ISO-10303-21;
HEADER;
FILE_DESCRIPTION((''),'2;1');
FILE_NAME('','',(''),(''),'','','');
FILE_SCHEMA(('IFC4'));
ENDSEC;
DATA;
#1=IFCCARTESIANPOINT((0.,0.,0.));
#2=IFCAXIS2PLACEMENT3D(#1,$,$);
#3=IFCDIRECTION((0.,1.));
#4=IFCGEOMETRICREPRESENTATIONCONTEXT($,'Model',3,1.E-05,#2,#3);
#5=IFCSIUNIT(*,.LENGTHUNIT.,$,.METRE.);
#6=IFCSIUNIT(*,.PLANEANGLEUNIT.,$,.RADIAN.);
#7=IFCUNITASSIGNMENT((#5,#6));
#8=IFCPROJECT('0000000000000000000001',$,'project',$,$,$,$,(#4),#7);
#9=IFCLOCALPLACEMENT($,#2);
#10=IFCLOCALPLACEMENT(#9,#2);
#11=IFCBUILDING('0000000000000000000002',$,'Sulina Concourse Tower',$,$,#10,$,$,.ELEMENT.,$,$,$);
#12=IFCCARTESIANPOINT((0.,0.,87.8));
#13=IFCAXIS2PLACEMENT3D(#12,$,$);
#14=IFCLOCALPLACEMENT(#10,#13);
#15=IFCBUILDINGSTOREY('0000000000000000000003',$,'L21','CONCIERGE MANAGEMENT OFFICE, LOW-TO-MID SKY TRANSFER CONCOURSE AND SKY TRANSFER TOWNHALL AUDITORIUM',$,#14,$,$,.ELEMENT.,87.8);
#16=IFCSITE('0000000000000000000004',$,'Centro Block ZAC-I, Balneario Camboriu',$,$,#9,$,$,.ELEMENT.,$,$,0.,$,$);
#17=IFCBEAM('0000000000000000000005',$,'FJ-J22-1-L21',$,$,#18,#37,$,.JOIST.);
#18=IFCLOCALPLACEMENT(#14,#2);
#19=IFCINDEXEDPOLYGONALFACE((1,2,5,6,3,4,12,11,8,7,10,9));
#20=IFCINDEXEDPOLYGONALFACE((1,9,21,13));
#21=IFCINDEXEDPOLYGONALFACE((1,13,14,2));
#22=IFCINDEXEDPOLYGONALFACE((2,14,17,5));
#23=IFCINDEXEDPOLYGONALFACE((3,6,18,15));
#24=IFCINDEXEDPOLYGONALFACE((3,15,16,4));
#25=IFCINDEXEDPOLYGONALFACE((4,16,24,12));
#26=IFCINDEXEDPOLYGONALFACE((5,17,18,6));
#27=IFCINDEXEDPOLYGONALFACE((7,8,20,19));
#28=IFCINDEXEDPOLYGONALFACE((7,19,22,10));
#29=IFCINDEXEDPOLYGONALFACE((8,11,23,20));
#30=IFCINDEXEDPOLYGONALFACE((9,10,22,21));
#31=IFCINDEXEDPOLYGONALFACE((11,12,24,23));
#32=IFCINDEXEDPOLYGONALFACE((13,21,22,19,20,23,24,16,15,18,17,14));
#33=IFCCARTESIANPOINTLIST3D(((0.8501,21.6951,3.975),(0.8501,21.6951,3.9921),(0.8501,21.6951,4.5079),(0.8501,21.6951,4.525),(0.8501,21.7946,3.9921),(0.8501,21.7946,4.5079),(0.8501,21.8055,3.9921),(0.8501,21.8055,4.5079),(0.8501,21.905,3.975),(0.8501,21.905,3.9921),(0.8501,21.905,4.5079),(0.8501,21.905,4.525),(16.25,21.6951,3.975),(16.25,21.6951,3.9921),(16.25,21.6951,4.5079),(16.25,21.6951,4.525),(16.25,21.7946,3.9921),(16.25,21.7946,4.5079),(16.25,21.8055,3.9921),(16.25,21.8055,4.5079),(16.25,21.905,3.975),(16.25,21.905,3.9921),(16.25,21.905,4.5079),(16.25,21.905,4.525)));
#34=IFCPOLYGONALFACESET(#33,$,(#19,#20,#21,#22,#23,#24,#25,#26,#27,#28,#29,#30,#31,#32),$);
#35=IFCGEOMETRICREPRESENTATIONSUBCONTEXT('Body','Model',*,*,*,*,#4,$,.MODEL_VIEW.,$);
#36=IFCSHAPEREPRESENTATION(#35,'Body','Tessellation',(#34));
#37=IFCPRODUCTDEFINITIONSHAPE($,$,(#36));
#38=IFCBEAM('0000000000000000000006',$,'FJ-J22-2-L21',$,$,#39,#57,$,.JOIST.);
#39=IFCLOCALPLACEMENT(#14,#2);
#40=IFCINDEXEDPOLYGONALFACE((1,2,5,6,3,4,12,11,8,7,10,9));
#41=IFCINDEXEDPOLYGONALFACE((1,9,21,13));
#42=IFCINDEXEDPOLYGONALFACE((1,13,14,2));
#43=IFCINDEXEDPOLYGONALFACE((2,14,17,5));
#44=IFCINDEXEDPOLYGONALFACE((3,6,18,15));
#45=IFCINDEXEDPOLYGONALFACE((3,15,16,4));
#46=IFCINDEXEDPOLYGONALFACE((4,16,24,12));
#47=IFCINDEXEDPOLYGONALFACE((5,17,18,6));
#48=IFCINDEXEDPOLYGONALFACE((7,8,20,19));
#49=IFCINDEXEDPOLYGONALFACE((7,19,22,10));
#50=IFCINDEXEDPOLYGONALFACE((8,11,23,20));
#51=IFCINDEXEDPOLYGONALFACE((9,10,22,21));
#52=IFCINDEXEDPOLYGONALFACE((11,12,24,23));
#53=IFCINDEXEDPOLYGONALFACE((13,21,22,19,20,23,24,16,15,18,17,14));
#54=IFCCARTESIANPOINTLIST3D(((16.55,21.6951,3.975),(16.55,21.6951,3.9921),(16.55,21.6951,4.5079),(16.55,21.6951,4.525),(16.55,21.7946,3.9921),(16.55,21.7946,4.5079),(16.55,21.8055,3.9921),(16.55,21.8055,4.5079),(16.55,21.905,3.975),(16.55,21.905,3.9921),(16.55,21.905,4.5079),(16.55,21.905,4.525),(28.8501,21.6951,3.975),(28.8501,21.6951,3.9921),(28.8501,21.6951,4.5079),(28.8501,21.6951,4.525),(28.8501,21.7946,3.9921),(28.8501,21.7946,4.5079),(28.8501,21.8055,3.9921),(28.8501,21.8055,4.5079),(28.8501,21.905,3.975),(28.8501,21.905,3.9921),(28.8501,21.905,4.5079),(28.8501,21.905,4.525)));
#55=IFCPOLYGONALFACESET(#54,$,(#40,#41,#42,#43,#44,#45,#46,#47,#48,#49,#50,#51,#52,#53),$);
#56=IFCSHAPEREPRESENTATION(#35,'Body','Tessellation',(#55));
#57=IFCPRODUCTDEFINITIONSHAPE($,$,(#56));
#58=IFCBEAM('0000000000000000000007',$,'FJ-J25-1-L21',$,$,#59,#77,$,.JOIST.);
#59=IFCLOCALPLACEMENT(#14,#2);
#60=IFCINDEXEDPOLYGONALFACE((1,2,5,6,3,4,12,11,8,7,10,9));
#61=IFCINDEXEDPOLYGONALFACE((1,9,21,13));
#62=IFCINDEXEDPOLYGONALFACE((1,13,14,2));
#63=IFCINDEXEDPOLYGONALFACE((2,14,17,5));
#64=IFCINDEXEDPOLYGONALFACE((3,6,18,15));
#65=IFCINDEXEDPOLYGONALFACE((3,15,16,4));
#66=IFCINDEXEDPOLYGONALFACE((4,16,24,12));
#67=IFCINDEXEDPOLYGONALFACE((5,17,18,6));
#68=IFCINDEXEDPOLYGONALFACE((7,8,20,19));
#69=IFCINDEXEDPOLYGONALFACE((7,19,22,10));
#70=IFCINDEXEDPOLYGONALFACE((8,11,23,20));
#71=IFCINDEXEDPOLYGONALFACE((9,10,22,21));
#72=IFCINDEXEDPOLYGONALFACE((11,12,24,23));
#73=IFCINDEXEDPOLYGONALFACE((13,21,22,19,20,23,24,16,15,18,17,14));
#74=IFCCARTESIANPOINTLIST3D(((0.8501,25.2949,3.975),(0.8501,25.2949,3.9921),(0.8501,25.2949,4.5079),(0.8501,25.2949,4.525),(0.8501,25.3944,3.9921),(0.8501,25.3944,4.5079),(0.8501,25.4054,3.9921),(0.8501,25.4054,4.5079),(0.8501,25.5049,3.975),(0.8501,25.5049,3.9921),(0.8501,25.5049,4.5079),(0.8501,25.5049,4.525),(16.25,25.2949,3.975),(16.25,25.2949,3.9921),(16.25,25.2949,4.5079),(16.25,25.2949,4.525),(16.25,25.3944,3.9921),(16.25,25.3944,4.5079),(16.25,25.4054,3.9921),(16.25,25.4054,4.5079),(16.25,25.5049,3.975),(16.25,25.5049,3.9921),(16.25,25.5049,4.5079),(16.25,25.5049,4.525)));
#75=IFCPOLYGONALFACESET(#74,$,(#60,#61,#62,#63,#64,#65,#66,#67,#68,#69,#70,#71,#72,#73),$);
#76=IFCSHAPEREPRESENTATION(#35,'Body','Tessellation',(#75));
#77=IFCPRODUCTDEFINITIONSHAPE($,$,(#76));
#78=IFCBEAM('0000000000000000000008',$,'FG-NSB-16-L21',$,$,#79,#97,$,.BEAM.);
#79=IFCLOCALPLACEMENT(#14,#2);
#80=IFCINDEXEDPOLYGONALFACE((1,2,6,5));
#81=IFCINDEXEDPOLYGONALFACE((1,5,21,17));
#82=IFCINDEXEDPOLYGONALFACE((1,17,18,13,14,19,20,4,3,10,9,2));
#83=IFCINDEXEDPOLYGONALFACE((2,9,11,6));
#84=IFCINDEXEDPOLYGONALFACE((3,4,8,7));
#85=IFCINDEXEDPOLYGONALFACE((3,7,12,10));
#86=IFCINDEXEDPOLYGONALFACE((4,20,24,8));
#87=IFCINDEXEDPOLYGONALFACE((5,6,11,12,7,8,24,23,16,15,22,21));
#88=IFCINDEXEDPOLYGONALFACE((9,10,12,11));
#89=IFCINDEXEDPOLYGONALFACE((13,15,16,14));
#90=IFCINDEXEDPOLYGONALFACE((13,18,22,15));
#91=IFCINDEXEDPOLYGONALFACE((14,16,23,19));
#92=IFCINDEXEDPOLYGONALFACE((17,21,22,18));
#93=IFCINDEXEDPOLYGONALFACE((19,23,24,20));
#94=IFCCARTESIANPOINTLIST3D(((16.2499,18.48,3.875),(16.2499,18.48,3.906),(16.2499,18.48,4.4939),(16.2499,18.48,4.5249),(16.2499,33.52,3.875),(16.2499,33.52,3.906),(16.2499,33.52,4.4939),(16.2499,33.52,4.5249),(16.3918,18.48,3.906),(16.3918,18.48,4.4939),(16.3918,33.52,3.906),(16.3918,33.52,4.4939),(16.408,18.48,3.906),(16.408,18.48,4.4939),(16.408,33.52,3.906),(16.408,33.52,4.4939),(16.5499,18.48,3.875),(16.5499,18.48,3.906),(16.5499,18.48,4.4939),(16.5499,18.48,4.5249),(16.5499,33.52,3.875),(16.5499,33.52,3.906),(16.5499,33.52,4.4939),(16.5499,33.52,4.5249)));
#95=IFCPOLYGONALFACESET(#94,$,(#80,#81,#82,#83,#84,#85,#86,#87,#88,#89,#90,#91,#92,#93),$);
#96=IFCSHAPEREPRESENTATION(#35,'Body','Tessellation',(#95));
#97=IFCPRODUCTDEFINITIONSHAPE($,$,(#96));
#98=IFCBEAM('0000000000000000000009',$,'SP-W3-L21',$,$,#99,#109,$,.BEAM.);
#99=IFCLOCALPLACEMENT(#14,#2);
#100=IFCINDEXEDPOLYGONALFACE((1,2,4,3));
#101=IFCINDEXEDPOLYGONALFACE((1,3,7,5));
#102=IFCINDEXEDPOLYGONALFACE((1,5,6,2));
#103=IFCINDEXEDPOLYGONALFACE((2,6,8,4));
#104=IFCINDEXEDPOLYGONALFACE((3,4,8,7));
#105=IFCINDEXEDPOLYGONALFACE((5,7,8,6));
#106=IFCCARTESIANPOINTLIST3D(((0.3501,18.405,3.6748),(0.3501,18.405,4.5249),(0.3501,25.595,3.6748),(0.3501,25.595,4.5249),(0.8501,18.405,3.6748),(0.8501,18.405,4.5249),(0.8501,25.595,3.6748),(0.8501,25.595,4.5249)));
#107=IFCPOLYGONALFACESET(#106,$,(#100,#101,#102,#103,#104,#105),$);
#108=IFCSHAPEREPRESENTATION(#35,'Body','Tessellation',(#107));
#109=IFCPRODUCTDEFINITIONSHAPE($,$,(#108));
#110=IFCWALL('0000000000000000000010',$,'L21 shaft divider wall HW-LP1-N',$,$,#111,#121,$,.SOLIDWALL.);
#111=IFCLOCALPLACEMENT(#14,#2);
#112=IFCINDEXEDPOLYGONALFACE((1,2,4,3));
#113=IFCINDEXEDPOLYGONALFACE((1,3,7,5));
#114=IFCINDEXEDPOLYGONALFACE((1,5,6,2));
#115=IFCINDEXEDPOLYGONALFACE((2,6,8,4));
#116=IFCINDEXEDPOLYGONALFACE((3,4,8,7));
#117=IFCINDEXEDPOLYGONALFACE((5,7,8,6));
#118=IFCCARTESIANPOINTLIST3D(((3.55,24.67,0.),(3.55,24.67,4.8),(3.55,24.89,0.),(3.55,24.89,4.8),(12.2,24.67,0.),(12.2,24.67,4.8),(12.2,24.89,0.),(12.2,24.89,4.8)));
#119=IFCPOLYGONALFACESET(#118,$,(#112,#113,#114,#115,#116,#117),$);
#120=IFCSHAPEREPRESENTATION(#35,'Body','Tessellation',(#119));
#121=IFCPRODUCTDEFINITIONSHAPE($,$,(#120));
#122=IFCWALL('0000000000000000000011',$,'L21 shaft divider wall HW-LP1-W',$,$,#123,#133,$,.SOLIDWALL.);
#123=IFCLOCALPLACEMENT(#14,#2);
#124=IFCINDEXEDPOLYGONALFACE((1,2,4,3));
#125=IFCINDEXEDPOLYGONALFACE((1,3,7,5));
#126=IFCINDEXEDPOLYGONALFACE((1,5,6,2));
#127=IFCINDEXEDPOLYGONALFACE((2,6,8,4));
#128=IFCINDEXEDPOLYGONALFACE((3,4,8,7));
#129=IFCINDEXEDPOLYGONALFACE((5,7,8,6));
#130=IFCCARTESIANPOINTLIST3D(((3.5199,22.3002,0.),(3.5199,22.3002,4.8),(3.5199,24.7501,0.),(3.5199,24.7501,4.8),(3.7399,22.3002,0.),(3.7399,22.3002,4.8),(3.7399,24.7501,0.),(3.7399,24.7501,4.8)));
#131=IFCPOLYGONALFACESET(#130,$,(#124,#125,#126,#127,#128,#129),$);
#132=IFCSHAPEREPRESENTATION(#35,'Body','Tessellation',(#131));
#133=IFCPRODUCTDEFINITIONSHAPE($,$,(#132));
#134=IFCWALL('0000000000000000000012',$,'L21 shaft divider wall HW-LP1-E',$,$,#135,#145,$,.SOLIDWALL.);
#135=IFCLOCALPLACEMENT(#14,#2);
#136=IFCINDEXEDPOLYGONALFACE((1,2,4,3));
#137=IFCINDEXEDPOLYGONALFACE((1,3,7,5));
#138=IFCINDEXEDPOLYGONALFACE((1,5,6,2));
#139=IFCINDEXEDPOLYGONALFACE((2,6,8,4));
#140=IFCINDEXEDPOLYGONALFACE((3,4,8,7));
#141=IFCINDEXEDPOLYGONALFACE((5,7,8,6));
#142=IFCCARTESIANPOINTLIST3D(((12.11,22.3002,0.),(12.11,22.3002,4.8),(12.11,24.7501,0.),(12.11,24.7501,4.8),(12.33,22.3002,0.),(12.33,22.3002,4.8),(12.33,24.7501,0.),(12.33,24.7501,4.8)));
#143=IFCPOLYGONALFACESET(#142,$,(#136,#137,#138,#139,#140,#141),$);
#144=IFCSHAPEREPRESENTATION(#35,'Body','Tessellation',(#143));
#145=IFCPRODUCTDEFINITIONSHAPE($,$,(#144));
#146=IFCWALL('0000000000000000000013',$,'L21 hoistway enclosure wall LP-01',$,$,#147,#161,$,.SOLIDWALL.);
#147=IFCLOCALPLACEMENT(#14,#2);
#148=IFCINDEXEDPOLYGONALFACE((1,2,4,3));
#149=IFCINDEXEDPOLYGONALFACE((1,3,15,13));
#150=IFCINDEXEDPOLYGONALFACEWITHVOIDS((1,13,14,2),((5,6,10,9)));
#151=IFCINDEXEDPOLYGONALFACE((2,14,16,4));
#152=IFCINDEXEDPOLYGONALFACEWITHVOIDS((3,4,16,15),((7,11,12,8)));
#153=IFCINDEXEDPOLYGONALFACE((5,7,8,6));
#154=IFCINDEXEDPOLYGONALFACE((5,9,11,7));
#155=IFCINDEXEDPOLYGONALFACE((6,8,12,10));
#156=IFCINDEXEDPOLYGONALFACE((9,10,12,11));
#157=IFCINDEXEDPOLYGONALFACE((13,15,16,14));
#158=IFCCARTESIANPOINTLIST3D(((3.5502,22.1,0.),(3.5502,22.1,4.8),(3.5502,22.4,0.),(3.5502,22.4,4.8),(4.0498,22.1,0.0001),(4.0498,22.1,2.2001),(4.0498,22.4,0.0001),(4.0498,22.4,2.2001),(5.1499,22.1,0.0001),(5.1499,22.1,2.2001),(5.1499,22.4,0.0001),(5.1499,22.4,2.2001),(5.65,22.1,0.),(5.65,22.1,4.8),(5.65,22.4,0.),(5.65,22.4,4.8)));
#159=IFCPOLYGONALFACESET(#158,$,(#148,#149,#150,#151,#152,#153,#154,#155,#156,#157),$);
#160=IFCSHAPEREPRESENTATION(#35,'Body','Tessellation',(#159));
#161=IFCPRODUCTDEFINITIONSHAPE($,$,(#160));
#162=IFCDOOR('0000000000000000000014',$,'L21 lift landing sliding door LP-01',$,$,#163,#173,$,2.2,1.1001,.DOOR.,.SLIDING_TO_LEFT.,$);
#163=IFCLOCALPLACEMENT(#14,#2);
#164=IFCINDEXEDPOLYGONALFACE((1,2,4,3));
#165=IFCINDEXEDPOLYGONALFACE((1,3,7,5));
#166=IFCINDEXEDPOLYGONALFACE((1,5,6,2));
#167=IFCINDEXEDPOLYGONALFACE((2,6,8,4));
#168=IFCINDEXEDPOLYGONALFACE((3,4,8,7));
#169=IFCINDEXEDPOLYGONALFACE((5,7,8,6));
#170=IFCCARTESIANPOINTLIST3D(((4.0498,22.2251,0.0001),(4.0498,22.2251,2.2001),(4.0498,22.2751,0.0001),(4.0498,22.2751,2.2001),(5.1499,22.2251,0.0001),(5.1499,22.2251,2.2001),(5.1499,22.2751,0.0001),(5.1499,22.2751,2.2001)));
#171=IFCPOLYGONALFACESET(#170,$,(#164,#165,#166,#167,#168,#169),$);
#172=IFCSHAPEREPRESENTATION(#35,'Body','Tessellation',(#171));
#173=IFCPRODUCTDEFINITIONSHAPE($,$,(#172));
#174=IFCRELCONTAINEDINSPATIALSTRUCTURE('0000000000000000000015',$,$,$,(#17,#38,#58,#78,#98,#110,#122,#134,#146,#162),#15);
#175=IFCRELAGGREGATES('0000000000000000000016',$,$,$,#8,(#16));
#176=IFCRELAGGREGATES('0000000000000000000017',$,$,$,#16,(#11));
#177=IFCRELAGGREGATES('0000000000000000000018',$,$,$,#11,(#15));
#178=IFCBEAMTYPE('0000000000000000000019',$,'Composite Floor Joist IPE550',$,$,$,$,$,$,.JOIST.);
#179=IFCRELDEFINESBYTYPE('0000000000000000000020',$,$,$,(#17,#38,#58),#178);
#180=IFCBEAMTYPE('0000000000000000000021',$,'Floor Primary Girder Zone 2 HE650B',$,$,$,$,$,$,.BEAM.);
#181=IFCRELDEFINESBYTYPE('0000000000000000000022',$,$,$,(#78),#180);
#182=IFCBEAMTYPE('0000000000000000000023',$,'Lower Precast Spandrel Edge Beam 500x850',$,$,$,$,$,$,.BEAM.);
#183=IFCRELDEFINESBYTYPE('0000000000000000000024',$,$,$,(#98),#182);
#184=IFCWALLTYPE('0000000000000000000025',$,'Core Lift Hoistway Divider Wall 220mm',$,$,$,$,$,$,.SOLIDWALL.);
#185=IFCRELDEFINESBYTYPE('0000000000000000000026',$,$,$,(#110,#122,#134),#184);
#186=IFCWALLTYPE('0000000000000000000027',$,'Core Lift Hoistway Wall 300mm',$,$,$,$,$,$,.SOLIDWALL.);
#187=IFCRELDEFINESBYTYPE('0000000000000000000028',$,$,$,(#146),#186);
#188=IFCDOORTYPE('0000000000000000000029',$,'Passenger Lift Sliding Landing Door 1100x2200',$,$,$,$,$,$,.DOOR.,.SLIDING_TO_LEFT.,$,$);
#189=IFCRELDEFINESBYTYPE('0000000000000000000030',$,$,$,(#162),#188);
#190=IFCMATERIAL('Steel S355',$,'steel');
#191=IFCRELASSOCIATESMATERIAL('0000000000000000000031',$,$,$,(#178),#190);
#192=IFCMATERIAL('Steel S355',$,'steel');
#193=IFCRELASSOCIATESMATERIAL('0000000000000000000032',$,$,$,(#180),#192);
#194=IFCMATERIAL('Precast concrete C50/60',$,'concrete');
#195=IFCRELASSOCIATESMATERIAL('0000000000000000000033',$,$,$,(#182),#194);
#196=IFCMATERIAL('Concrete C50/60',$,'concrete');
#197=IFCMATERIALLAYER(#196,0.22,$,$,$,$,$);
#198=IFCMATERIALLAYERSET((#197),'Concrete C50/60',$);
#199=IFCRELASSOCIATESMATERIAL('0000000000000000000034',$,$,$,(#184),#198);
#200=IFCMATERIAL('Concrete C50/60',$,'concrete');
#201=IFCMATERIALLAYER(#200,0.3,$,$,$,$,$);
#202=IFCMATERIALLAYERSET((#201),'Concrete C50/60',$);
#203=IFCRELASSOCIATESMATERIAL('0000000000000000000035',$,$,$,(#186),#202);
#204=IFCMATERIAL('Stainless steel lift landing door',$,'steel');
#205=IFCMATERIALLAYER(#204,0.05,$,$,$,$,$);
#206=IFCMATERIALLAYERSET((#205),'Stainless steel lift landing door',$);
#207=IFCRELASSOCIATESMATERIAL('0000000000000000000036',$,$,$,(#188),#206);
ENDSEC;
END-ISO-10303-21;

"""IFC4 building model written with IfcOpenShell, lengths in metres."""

from ifc_helpers import new_model, si_unit, direction, frame, frame_2d, origin, origin_2d, place, context, subcontext, project, spatial, rectangle, i_section, extrude, material, layer, layer_set, material_profile, profile_set, type_object, element, fill, save


model = new_model("IFC4")

# Units and contexts
model_context = context("Model", 3, precision=1e-05, world=origin(), true_north=direction((0.0, 1.0)))
body_context = subcontext(model_context, "Body", "Model", "MODEL_VIEW")
ifc_project = project(units=[si_unit("LENGTHUNIT", "METRE"), si_unit("PLANEANGLEUNIT", "RADIAN")], contexts=[model_context])

# Site, building, storey
site_placement = place(None, origin())
site = spatial("IfcSite", under=ifc_project, at=site_placement, Name="Centro Block ZAC-I, Balneario Camboriu", CompositionType="ELEMENT", RefElevation=0.0)
building_placement = place(site_placement, origin())
building = spatial("IfcBuilding", under=site, at=building_placement, Name="Sulina Concourse Tower", CompositionType="ELEMENT")
storey_placement = place(building_placement, frame((0.0, 0.0, 87.8)))
storey = spatial("IfcBuildingStorey", under=building, at=storey_placement, Name="L21", Description="CONCIERGE MANAGEMENT OFFICE, LOW-TO-MID SKY TRANSFER CONCOURSE AND SKY TRANSFER TOWNHALL AUDITORIUM", CompositionType="ELEMENT", Elevation=87.8)

# Beams
ifc_material_1 = material(Name="Steel S355", Category="steel")
ifc_material_profile_1 = material_profile(ifc_material_1, i_section(OverallWidth=0.21, OverallDepth=0.55, WebThickness=0.011, FlangeThickness=0.0171, at=origin_2d()), Name="IPE 550")
ifc_profile_set_1 = profile_set([ifc_material_profile_1], Name="Steel S355")
beam_type_1 = type_object("IfcBeamType", Name="Composite Floor Joist IPE550", PredefinedType="JOIST", material=ifc_profile_set_1)
beam_1_placement = place(storey_placement, frame((0.8501, 21.8, 4.25), z_axis=(1.0, 0.0, 0.0), x_axis=(0.0, 1.0, 0.0)))
element("IfcBeam", 1, at=beam_1_placement, inside=storey, type_object=beam_type_1, Name="FJ-J22-1-L21", PredefinedType="JOIST", context=body_context, shape_type="SweptSolid", body=[
    extrude(i_section(OverallWidth=0.21, OverallDepth=0.55, WebThickness=0.011, FlangeThickness=0.0171, at=origin_2d()), origin(), (0.0, 0.0, 1.0), 15.3999),
])
beam_2_placement = place(storey_placement, frame((16.55, 21.8, 4.25), z_axis=(1.0, 0.0, 0.0), x_axis=(0.0, 1.0, 0.0)))
element("IfcBeam", 2, at=beam_2_placement, inside=storey, type_object=beam_type_1, Name="FJ-J22-2-L21", PredefinedType="JOIST", context=body_context, shape_type="SweptSolid", body=[
    extrude(i_section(OverallWidth=0.21, OverallDepth=0.55, WebThickness=0.011, FlangeThickness=0.0171, at=origin_2d()), origin(), (0.0, 0.0, 1.0), 12.3),
])
beam_3_placement = place(storey_placement, frame((0.8501, 25.3999, 4.25), z_axis=(1.0, 0.0, 0.0), x_axis=(0.0, 1.0, 0.0)))
element("IfcBeam", 3, at=beam_3_placement, inside=storey, type_object=beam_type_1, Name="FJ-J25-1-L21", PredefinedType="JOIST", context=body_context, shape_type="SweptSolid", body=[
    extrude(i_section(OverallWidth=0.21, OverallDepth=0.55, WebThickness=0.011, FlangeThickness=0.0171, at=origin_2d()), origin(), (0.0, 0.0, 1.0), 15.3999),
])
ifc_material_2 = material(Name="Steel S355", Category="steel")
ifc_material_profile_2 = material_profile(ifc_material_2, i_section(OverallWidth=0.3, OverallDepth=0.6499, WebThickness=0.0161, FlangeThickness=0.031, at=origin_2d()), Name="HE 650 B")
ifc_profile_set_2 = profile_set([ifc_material_profile_2], Name="Steel S355")
beam_type_2 = type_object("IfcBeamType", Name="Floor Primary Girder Zone 2 HE650B", PredefinedType="BEAM", material=ifc_profile_set_2)
beam_4_placement = place(storey_placement, frame((16.3999, 18.48, 4.2), z_axis=(0.0, 1.0, 0.0), x_axis=(-1.0, 0.0, 0.0)))
element("IfcBeam", 4, at=beam_4_placement, inside=storey, type_object=beam_type_2, Name="FG-NSB-16-L21", PredefinedType="BEAM", context=body_context, shape_type="SweptSolid", body=[
    extrude(i_section(OverallWidth=0.3, OverallDepth=0.6499, WebThickness=0.0161, FlangeThickness=0.031, at=origin_2d()), origin(), (0.0, 0.0, 1.0), 15.04),
])
ifc_material_3 = material(Name="Precast concrete C50/60", Category="concrete")
ifc_material_profile_3 = material_profile(ifc_material_3, rectangle(XDim=0.5, YDim=0.8501, at=origin_2d()), Name="RC 500x850")
ifc_profile_set_3 = profile_set([ifc_material_profile_3], Name="Precast concrete C50/60")
beam_type_3 = type_object("IfcBeamType", Name="Lower Precast Spandrel Edge Beam 500x850", PredefinedType="BEAM", material=ifc_profile_set_3)
beam_5_placement = place(storey_placement, frame((0.6001, 18.405, 4.0999), z_axis=(0.0, 1.0, 0.0), x_axis=(-1.0, 0.0, 0.0)))
element("IfcBeam", 5, at=beam_5_placement, inside=storey, type_object=beam_type_3, Name="SP-W3-L21", PredefinedType="BEAM", context=body_context, shape_type="SweptSolid", body=[
    extrude(rectangle(XDim=0.5, YDim=0.8501, at=origin_2d()), origin(), (0.0, 0.0, 1.0), 7.1899),
])

# Walls
ifc_material_4 = material(Name="Concrete C50/60", Category="concrete")
ifc_layer_1 = layer(ifc_material_4, 0.22)
ifc_layer_set_1 = layer_set([ifc_layer_1], Name="Concrete C50/60")
wall_type_1 = type_object("IfcWallType", Name="Core Lift Hoistway Divider Wall 220mm", PredefinedType="SOLIDWALL", material=ifc_layer_set_1)
wall_1_placement = place(storey_placement, frame((3.55, 24.78, 0.0), z_axis=(0.0, 0.0, 1.0), x_axis=(1.0, 0.0, 0.0)))
element("IfcWall", 6, at=wall_1_placement, inside=storey, type_object=wall_type_1, Name="L21 shaft divider wall HW-LP1-N", PredefinedType="SOLIDWALL", context=body_context, shape_type="SweptSolid", body=[
    extrude(rectangle(XDim=8.6499, YDim=0.22, at=frame_2d((4.325, 0.0))), origin(), (0.0, 0.0, 1.0), 4.8),
])
for number, where, z_axis, x_axis, name in (
    (7, (3.6299, 22.3, 0.0), (0.0, 0.0, 1.0), (0.0, 1.0, 0.0), "L21 shaft divider wall HW-LP1-W"),
    (8, (12.22, 22.3, 0.0), (0.0, 0.0, 1.0), (0.0, 1.0, 0.0), "L21 shaft divider wall HW-LP1-E"),
):
    element("IfcWall", number, at=place(storey_placement, frame(where, z_axis=z_axis, x_axis=x_axis)), inside=storey, type_object=wall_type_1, Name=name, PredefinedType="SOLIDWALL", context=body_context, shape_type="SweptSolid", body=[
        extrude(rectangle(XDim=2.45, YDim=0.22, at=frame_2d((1.2251, 0.0))), origin(), (0.0, 0.0, 1.0), 4.8),
    ])

# Wall, opening, door
ifc_material_5 = material(Name="Concrete C50/60", Category="concrete")
ifc_layer_2 = layer(ifc_material_5, 0.3)
ifc_layer_set_2 = layer_set([ifc_layer_2], Name="Concrete C50/60")
wall_type_2 = type_object("IfcWallType", Name="Core Lift Hoistway Wall 300mm", PredefinedType="SOLIDWALL", material=ifc_layer_set_2)
wall_2_placement = place(storey_placement, frame((5.6499, 22.25, 0.0), z_axis=(0.0, 0.0, 1.0), x_axis=(-1.0, 0.0, 0.0)))
wall_2 = element("IfcWall", 9, at=wall_2_placement, inside=storey, type_object=wall_type_2, Name="L21 hoistway enclosure wall LP-01", PredefinedType="SOLIDWALL", context=body_context, shape_type="SweptSolid", body=[
    extrude(rectangle(XDim=2.0999, YDim=0.3, at=frame_2d((1.0498, 0.0))), origin(), (0.0, 0.0, 1.0), 4.8),
])
opening_1_placement = place(wall_2_placement, frame((0.5, 0.0, 0.0)))
opening_1 = element("IfcOpeningElement", 10, at=opening_1_placement, cuts=wall_2, PredefinedType="OPENING", context=body_context, shape_type="SweptSolid", body=[
    extrude(rectangle(XDim=1.1001, YDim=2.2, at=frame_2d((0.55, 1.1001))), frame((0.0, 0.1599, 0.0), z_axis=(0.0, -1.0, 0.0), x_axis=(1.0, 0.0, 0.0)), (0.0, 0.0, 1.0), 0.3201),
])
ifc_material_6 = material(Name="Stainless steel lift landing door", Category="steel")
ifc_layer_3 = layer(ifc_material_6, 0.05)
ifc_layer_set_3 = layer_set([ifc_layer_3], Name="Stainless steel lift landing door")
door_type_1 = type_object("IfcDoorType", Name="Passenger Lift Sliding Landing Door 1100x2200", OperationType="SLIDING_TO_LEFT", PredefinedType="DOOR", material=ifc_layer_set_3)
door_1_placement = place(opening_1_placement, origin())
door_1 = element("IfcDoor", 11, at=door_1_placement, inside=storey, type_object=door_type_1, Name="L21 lift landing sliding door LP-01", OperationType="SLIDING_TO_LEFT", OverallHeight=2.2, OverallWidth=1.1001, PredefinedType="DOOR", context=body_context, shape_type="SweptSolid", body=[
    extrude(rectangle(XDim=1.1001, YDim=2.2, at=frame_2d((0.55, 1.1001))), frame((0.0, 0.0249, 0.0), z_axis=(0.0, -1.0, 0.0), x_axis=(1.0, 0.0, 0.0)), (0.0, 0.0, 1.0), 0.05),
])
fill(opening_1, door_1)

save(model, "model.ifc")
